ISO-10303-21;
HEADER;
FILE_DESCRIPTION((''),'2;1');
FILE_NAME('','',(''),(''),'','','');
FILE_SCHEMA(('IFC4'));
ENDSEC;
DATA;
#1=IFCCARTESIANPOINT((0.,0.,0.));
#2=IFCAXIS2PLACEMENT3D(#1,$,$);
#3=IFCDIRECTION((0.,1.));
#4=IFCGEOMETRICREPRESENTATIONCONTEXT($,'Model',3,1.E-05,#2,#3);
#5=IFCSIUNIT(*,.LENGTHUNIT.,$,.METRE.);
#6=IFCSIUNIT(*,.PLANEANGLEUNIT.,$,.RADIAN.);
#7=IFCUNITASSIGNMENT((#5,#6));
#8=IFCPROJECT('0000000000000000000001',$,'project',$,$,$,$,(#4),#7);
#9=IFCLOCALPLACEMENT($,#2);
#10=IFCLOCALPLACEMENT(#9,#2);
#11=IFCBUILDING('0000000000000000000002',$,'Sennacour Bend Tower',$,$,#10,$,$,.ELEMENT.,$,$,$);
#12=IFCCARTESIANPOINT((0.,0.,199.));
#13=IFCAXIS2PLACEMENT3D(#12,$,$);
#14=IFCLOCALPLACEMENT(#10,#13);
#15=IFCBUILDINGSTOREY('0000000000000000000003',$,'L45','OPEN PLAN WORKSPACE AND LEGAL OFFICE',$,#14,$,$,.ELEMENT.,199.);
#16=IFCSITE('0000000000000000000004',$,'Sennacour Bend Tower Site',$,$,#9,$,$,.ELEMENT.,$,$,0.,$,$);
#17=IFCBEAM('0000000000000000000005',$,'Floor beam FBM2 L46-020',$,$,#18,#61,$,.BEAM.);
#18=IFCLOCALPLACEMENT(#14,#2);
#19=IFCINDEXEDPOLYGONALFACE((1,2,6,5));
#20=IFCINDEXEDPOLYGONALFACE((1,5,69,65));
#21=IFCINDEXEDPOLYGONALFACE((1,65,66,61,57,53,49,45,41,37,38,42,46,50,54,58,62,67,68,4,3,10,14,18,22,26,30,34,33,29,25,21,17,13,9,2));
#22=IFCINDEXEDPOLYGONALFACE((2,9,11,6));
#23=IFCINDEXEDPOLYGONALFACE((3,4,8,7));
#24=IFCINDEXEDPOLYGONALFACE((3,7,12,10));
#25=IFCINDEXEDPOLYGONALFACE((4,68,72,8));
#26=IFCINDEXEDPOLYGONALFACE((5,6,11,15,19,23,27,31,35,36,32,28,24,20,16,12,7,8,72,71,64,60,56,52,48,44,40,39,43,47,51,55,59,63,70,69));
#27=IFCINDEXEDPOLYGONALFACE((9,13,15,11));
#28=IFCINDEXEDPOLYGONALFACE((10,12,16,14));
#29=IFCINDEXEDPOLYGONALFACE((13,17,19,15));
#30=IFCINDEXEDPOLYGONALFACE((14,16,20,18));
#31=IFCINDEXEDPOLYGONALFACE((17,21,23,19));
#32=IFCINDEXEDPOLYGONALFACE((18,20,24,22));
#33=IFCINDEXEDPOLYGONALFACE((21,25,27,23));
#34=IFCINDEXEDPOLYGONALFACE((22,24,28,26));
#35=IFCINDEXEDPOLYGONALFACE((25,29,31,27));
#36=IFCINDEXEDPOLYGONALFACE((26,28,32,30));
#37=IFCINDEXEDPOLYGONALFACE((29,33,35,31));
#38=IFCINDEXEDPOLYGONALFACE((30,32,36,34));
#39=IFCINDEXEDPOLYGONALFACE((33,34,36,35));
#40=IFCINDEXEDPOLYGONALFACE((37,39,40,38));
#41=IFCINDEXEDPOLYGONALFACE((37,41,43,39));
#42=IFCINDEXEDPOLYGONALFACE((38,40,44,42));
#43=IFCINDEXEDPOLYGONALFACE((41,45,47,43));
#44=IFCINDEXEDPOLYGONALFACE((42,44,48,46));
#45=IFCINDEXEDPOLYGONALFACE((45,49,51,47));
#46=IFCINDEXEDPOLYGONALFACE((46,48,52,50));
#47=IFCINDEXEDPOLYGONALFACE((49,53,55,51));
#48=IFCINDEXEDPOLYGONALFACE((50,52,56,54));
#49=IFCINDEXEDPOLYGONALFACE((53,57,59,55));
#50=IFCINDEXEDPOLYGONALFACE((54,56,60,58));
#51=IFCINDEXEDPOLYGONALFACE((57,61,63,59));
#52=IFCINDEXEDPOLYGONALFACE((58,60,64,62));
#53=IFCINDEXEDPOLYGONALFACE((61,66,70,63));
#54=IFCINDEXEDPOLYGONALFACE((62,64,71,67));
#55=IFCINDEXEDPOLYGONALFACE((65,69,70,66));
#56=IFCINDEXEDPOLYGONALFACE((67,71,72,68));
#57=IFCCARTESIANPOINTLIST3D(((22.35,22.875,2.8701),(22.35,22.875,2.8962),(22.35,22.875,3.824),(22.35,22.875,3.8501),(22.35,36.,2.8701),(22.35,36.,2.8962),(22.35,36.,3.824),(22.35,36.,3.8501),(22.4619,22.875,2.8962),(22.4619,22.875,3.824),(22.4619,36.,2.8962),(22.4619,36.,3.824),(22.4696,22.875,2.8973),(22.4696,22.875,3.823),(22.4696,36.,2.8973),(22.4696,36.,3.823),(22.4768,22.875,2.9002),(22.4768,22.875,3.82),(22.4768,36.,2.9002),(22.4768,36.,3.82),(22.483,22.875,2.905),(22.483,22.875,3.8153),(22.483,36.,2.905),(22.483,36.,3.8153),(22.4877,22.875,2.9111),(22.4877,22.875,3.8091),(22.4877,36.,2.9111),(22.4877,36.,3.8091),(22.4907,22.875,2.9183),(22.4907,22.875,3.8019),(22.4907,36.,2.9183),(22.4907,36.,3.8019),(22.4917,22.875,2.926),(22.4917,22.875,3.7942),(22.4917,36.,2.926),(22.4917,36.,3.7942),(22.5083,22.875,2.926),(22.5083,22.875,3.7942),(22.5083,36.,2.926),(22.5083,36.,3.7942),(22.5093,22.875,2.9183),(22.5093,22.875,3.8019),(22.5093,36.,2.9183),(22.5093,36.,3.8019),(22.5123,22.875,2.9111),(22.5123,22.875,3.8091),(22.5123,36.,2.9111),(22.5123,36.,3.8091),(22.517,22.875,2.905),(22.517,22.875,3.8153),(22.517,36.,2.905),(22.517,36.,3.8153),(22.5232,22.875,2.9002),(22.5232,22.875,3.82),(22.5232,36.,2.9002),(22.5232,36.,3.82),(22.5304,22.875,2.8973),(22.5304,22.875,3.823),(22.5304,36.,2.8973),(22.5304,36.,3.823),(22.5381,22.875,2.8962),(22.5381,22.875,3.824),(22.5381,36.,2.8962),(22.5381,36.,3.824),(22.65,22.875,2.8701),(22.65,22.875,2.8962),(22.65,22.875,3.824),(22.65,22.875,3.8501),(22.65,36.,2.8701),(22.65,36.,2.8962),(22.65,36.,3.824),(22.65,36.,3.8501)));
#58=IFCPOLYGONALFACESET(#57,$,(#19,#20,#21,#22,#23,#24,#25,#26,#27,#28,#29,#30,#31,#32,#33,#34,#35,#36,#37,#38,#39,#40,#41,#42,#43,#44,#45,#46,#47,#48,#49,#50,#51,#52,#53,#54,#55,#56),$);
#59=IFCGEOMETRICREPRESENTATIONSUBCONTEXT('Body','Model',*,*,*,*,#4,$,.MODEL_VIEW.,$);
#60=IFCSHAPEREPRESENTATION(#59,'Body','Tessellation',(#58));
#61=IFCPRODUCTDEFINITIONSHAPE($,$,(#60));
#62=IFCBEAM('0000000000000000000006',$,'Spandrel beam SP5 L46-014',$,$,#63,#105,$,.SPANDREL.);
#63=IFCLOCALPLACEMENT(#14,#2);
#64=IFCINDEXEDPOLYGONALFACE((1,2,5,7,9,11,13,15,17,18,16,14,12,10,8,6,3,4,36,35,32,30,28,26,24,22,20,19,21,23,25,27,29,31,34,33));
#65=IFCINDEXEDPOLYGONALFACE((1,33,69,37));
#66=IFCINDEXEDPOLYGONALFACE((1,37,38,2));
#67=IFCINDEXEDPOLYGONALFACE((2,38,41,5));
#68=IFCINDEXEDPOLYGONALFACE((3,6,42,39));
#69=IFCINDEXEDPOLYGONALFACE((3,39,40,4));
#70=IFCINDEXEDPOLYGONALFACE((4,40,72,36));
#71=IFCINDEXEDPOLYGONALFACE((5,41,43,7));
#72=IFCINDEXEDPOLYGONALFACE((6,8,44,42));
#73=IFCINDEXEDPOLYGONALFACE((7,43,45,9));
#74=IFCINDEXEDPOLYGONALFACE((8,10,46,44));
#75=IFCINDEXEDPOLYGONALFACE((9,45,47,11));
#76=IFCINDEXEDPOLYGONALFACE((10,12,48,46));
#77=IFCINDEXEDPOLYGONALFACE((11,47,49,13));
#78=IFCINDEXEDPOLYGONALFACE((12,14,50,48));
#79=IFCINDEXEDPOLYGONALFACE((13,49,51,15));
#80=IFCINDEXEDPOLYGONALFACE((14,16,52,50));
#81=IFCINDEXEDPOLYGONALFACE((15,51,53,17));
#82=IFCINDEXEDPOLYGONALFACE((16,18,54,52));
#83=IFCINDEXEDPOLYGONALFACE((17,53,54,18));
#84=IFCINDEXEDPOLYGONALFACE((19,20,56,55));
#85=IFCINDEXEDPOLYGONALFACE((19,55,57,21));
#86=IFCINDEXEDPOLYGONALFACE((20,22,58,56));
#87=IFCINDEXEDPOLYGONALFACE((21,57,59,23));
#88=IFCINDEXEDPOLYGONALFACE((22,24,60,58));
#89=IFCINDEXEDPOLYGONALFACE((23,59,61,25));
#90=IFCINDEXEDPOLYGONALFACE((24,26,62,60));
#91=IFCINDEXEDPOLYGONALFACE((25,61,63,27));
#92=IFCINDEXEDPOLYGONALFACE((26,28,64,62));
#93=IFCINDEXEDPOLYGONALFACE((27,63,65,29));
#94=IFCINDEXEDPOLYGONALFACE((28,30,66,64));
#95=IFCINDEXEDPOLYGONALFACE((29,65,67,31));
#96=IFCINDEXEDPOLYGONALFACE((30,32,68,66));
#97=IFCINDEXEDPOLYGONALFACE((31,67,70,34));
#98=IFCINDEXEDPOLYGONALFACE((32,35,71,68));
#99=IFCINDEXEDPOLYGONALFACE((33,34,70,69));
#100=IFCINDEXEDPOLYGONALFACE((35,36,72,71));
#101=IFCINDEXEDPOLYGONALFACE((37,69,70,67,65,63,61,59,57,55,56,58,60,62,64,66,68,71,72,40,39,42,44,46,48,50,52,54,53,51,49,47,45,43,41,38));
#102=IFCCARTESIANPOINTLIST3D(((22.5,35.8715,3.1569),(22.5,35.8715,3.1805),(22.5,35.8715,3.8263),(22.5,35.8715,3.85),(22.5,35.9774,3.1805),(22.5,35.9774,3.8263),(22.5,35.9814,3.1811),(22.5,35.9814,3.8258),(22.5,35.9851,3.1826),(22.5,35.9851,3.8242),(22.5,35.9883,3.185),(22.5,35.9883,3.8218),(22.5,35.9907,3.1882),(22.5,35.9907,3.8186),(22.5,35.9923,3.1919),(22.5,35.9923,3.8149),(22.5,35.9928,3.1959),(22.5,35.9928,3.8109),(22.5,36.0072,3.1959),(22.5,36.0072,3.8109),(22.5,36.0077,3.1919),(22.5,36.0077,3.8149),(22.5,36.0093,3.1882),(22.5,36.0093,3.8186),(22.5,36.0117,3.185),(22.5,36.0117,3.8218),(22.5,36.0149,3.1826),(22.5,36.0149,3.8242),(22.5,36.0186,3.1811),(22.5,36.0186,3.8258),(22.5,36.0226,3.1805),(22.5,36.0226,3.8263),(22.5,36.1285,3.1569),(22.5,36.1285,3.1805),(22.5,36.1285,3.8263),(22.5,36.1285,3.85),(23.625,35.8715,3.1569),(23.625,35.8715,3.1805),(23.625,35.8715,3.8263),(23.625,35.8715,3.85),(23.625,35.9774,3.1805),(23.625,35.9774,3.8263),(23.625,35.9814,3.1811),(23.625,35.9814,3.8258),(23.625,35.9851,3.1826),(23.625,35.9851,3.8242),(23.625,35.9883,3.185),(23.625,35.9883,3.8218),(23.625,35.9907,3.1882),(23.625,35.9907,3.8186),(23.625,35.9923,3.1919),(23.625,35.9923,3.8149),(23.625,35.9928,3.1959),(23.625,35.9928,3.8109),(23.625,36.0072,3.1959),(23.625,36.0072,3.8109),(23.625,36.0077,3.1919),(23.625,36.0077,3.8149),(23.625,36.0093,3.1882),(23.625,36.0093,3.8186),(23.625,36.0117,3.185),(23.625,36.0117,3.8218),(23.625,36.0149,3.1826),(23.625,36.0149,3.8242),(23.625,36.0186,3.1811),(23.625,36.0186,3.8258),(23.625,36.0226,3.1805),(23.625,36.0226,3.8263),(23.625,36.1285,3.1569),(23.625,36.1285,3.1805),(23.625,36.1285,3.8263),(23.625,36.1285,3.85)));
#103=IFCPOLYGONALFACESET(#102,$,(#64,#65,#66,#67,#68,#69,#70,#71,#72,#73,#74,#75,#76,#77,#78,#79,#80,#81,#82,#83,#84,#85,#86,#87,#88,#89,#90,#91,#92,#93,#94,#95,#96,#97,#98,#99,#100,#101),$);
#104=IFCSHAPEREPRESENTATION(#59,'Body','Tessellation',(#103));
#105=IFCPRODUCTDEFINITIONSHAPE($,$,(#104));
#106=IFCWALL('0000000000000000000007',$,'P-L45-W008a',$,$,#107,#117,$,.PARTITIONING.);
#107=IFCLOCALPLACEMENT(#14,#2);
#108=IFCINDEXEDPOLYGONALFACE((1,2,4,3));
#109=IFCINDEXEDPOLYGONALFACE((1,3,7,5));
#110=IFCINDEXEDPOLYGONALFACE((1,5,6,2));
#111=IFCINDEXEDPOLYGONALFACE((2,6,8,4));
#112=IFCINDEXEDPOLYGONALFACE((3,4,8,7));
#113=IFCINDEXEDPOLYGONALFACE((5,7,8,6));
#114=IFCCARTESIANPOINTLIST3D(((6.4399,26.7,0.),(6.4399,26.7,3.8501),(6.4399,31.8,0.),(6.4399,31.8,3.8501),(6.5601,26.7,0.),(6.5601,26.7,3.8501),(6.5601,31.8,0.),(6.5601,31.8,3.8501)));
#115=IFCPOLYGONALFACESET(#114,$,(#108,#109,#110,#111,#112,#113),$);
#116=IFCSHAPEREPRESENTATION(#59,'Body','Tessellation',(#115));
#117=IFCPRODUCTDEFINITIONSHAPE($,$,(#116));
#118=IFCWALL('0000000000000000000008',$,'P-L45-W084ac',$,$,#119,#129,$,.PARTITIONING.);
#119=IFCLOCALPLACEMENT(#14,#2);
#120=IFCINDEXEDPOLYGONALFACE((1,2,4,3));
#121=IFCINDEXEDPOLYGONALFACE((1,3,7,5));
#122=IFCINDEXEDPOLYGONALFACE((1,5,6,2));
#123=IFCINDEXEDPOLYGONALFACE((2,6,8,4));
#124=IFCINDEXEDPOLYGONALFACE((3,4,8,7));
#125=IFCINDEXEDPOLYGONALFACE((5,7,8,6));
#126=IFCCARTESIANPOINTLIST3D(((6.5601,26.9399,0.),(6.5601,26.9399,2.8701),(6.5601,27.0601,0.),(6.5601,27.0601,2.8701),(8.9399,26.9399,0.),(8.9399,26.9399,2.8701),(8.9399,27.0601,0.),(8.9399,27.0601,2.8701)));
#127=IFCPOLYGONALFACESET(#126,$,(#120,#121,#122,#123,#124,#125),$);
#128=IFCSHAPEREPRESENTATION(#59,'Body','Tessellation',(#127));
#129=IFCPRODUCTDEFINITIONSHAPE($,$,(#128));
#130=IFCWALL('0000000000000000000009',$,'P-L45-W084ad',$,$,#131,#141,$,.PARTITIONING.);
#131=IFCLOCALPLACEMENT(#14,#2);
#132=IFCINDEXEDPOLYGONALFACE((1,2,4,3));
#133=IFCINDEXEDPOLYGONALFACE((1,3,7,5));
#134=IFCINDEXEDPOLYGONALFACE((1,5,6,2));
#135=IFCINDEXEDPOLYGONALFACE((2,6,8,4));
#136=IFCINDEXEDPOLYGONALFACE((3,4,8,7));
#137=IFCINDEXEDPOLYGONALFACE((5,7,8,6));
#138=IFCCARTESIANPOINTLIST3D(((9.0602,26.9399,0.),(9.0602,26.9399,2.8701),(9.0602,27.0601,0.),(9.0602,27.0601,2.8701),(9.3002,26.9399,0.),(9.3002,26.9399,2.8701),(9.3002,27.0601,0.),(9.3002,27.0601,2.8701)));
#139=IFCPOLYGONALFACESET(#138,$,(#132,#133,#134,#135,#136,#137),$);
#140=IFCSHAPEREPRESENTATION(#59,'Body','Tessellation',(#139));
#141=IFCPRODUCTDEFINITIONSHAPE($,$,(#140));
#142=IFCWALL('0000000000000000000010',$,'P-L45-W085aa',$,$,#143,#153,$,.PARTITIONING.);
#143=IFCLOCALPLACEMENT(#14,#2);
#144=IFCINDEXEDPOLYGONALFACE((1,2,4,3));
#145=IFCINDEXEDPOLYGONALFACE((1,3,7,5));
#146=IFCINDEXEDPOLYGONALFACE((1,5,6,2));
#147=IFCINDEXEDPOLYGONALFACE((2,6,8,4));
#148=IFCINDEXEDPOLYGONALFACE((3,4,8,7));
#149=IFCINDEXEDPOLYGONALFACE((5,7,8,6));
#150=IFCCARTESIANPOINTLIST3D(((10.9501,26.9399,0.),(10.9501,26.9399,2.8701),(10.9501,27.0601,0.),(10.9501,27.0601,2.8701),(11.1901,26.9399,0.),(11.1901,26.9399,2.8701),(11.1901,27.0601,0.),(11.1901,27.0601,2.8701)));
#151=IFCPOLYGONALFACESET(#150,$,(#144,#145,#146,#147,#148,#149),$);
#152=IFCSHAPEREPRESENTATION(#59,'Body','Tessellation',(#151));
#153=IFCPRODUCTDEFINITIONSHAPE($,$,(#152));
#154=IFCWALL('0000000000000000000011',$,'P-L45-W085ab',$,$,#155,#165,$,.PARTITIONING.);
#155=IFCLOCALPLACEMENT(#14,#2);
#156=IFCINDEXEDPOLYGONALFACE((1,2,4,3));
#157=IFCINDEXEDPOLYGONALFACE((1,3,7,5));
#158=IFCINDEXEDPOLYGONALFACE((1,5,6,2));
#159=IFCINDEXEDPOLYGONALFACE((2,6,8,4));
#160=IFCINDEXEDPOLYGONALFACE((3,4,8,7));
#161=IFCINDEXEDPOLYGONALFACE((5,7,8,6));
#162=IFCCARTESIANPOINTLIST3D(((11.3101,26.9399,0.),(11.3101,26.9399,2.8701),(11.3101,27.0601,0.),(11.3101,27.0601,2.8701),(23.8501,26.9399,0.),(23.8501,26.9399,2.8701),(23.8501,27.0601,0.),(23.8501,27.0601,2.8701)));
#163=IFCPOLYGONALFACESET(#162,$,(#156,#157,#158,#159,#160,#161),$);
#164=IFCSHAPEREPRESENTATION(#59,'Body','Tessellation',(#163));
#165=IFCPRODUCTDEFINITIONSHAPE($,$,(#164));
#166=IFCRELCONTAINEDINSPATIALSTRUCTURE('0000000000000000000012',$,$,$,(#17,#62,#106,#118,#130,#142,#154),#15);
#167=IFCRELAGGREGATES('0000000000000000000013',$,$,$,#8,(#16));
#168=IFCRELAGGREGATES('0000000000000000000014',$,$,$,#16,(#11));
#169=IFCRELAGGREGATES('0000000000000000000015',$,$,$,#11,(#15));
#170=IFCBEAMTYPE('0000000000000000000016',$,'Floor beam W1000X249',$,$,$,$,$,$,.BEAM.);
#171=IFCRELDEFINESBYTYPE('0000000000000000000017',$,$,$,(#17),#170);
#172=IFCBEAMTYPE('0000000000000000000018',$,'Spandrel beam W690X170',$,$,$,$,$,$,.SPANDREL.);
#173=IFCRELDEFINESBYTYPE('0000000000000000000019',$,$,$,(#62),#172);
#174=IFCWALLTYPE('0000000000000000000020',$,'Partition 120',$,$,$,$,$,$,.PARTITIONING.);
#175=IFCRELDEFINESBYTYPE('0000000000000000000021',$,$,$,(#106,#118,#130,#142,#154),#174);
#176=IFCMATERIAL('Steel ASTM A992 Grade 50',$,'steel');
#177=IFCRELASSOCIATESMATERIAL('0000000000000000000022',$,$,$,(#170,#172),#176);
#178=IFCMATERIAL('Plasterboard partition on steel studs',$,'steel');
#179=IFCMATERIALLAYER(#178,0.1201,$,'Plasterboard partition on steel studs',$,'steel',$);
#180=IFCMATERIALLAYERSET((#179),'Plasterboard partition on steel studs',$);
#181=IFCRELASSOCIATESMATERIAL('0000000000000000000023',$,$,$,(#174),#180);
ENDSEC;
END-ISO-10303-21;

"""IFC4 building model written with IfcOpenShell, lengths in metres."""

from ifc_helpers import new_model, si_unit, direction, frame, frame_2d, origin, origin_2d, place, context, subcontext, project, spatial, rectangle, i_section, extrude, material, layer, layer_set, material_profile, profile_set, type_object, element, save


model = new_model("IFC4")

# Units and contexts
model_context = context("Model", 3, precision=1e-05, world=origin(), true_north=direction((0.0, 1.0)))
body_context = subcontext(model_context, "Body", "Model", "MODEL_VIEW")
ifc_project = project(units=[si_unit("LENGTHUNIT", "METRE"), si_unit("PLANEANGLEUNIT", "RADIAN")], contexts=[model_context])

# Site, building, storey
site_placement = place(None, origin())
site = spatial("IfcSite", under=ifc_project, at=site_placement, Name="Sennacour Bend Tower Site", CompositionType="ELEMENT", RefElevation=0.0)
building_placement = place(site_placement, origin())
building = spatial("IfcBuilding", under=site, at=building_placement, Name="Sennacour Bend Tower", CompositionType="ELEMENT")
storey_placement = place(building_placement, frame((0.0, 0.0, 199.0)))
storey = spatial("IfcBuildingStorey", under=building, at=storey_placement, Name="L45", Description="OPEN PLAN WORKSPACE AND LEGAL OFFICE", CompositionType="ELEMENT", Elevation=199.0)

# Beams
ifc_material_1 = material(Name="Steel ASTM A992 Grade 50", Category="steel")
ifc_material_profile_1 = material_profile(ifc_material_1, i_section(OverallWidth=0.3, OverallDepth=0.98, WebThickness=0.0166, FlangeThickness=0.0261, FilletRadius=0.0298, at=origin_2d()), Name="Steel ASTM A992 Grade 50", Category="steel")
ifc_profile_set_1 = profile_set([ifc_material_profile_1], Name="Steel ASTM A992 Grade 50")
beam_type_1 = type_object("IfcBeamType", Name="Floor beam W1000X249", PredefinedType="BEAM", material=ifc_profile_set_1)
beam_1_placement = place(storey_placement, frame((22.5, 22.875, 3.3601), z_axis=(0.0, 1.0, 0.0), x_axis=(-1.0, 0.0, 0.0)))
element("IfcBeam", 1, at=beam_1_placement, inside=storey, type_object=beam_type_1, Name="Floor beam FBM2 L46-020", PredefinedType="BEAM", context=body_context, shape_type="SweptSolid", body=[
    extrude(i_section(OverallWidth=0.3, OverallDepth=0.98, WebThickness=0.0166, FlangeThickness=0.0261, FilletRadius=0.0298, at=origin_2d()), origin(), (0.0, 0.0, 1.0), 13.125),
])
ifc_material_profile_2 = material_profile(ifc_material_1, i_section(OverallWidth=0.2571, OverallDepth=0.6931, WebThickness=0.0144, FlangeThickness=0.0237, FilletRadius=0.0154, at=origin_2d()), Name="Steel ASTM A992 Grade 50", Category="steel")
ifc_profile_set_2 = profile_set([ifc_material_profile_2], Name="Steel ASTM A992 Grade 50")
beam_type_2 = type_object("IfcBeamType", Name="Spandrel beam W690X170", PredefinedType="SPANDREL", material=ifc_profile_set_2)
beam_2_placement = place(storey_placement, frame((22.5, 36.0, 3.5034), z_axis=(1.0, 0.0, 0.0), x_axis=(0.0, 1.0, 0.0)))
element("IfcBeam", 2, at=beam_2_placement, inside=storey, type_object=beam_type_2, Name="Spandrel beam SP5 L46-014", PredefinedType="SPANDREL", context=body_context, shape_type="SweptSolid", body=[
    extrude(i_section(OverallWidth=0.2571, OverallDepth=0.6931, WebThickness=0.0144, FlangeThickness=0.0237, FilletRadius=0.0154, at=origin_2d()), origin(), (0.0, 0.0, 1.0), 1.125),
])

# Walls
ifc_material_2 = material(Name="Plasterboard partition on steel studs", Category="steel")
ifc_layer_1 = layer(ifc_material_2, 0.1201, Name="Plasterboard partition on steel studs", Category="steel")
ifc_layer_set_1 = layer_set([ifc_layer_1], Name="Plasterboard partition on steel studs")
wall_type_1 = type_object("IfcWallType", Name="Partition 120", PredefinedType="PARTITIONING", material=ifc_layer_set_1)
wall_1_placement = place(storey_placement, frame((6.5, 26.7, 0.0), z_axis=(0.0, 0.0, 1.0), x_axis=(0.0, 1.0, 0.0)))
element("IfcWall", 3, at=wall_1_placement, inside=storey, type_object=wall_type_1, Name="P-L45-W008a", PredefinedType="PARTITIONING", context=body_context, shape_type="SweptSolid", body=[
    extrude(rectangle(XDim=5.1001, YDim=0.1201, at=frame_2d((2.55, 0.0))), origin(), (0.0, 0.0, 1.0), 3.8501),
])
wall_2_placement = place(storey_placement, frame((6.5601, 27.0, 0.0), z_axis=(0.0, 0.0, 1.0), x_axis=(1.0, 0.0, 0.0)))
element("IfcWall", 4, at=wall_2_placement, inside=storey, type_object=wall_type_1, Name="P-L45-W084ac", PredefinedType="PARTITIONING", context=body_context, shape_type="SweptSolid", body=[
    extrude(rectangle(XDim=2.3799, YDim=0.1201, at=frame_2d((1.1899, 0.0))), origin(), (0.0, 0.0, 1.0), 2.8701),
])
for number, where, z_axis, x_axis, name in (
    (5, (9.0601, 27.0, 0.0), (0.0, 0.0, 1.0), (1.0, 0.0, 0.0), "P-L45-W084ad"),
    (6, (10.95, 27.0, 0.0), (0.0, 0.0, 1.0), (1.0, 0.0, 0.0), "P-L45-W085aa"),
):
    element("IfcWall", number, at=place(storey_placement, frame(where, z_axis=z_axis, x_axis=x_axis)), inside=storey, type_object=wall_type_1, Name=name, PredefinedType="PARTITIONING", context=body_context, shape_type="SweptSolid", body=[
        extrude(rectangle(XDim=0.24, YDim=0.1201, at=frame_2d((0.1201, 0.0))), origin(), (0.0, 0.0, 1.0), 2.8701),
    ])
wall_3_placement = place(storey_placement, frame((11.3101, 27.0, 0.0), z_axis=(0.0, 0.0, 1.0), x_axis=(1.0, 0.0, 0.0)))
element("IfcWall", 7, at=wall_3_placement, inside=storey, type_object=wall_type_1, Name="P-L45-W085ab", PredefinedType="PARTITIONING", context=body_context, shape_type="SweptSolid", body=[
    extrude(rectangle(XDim=12.54, YDim=0.1201, at=frame_2d((6.27, 0.0))), origin(), (0.0, 0.0, 1.0), 2.8701),
])

save(model, "model.ifc")
